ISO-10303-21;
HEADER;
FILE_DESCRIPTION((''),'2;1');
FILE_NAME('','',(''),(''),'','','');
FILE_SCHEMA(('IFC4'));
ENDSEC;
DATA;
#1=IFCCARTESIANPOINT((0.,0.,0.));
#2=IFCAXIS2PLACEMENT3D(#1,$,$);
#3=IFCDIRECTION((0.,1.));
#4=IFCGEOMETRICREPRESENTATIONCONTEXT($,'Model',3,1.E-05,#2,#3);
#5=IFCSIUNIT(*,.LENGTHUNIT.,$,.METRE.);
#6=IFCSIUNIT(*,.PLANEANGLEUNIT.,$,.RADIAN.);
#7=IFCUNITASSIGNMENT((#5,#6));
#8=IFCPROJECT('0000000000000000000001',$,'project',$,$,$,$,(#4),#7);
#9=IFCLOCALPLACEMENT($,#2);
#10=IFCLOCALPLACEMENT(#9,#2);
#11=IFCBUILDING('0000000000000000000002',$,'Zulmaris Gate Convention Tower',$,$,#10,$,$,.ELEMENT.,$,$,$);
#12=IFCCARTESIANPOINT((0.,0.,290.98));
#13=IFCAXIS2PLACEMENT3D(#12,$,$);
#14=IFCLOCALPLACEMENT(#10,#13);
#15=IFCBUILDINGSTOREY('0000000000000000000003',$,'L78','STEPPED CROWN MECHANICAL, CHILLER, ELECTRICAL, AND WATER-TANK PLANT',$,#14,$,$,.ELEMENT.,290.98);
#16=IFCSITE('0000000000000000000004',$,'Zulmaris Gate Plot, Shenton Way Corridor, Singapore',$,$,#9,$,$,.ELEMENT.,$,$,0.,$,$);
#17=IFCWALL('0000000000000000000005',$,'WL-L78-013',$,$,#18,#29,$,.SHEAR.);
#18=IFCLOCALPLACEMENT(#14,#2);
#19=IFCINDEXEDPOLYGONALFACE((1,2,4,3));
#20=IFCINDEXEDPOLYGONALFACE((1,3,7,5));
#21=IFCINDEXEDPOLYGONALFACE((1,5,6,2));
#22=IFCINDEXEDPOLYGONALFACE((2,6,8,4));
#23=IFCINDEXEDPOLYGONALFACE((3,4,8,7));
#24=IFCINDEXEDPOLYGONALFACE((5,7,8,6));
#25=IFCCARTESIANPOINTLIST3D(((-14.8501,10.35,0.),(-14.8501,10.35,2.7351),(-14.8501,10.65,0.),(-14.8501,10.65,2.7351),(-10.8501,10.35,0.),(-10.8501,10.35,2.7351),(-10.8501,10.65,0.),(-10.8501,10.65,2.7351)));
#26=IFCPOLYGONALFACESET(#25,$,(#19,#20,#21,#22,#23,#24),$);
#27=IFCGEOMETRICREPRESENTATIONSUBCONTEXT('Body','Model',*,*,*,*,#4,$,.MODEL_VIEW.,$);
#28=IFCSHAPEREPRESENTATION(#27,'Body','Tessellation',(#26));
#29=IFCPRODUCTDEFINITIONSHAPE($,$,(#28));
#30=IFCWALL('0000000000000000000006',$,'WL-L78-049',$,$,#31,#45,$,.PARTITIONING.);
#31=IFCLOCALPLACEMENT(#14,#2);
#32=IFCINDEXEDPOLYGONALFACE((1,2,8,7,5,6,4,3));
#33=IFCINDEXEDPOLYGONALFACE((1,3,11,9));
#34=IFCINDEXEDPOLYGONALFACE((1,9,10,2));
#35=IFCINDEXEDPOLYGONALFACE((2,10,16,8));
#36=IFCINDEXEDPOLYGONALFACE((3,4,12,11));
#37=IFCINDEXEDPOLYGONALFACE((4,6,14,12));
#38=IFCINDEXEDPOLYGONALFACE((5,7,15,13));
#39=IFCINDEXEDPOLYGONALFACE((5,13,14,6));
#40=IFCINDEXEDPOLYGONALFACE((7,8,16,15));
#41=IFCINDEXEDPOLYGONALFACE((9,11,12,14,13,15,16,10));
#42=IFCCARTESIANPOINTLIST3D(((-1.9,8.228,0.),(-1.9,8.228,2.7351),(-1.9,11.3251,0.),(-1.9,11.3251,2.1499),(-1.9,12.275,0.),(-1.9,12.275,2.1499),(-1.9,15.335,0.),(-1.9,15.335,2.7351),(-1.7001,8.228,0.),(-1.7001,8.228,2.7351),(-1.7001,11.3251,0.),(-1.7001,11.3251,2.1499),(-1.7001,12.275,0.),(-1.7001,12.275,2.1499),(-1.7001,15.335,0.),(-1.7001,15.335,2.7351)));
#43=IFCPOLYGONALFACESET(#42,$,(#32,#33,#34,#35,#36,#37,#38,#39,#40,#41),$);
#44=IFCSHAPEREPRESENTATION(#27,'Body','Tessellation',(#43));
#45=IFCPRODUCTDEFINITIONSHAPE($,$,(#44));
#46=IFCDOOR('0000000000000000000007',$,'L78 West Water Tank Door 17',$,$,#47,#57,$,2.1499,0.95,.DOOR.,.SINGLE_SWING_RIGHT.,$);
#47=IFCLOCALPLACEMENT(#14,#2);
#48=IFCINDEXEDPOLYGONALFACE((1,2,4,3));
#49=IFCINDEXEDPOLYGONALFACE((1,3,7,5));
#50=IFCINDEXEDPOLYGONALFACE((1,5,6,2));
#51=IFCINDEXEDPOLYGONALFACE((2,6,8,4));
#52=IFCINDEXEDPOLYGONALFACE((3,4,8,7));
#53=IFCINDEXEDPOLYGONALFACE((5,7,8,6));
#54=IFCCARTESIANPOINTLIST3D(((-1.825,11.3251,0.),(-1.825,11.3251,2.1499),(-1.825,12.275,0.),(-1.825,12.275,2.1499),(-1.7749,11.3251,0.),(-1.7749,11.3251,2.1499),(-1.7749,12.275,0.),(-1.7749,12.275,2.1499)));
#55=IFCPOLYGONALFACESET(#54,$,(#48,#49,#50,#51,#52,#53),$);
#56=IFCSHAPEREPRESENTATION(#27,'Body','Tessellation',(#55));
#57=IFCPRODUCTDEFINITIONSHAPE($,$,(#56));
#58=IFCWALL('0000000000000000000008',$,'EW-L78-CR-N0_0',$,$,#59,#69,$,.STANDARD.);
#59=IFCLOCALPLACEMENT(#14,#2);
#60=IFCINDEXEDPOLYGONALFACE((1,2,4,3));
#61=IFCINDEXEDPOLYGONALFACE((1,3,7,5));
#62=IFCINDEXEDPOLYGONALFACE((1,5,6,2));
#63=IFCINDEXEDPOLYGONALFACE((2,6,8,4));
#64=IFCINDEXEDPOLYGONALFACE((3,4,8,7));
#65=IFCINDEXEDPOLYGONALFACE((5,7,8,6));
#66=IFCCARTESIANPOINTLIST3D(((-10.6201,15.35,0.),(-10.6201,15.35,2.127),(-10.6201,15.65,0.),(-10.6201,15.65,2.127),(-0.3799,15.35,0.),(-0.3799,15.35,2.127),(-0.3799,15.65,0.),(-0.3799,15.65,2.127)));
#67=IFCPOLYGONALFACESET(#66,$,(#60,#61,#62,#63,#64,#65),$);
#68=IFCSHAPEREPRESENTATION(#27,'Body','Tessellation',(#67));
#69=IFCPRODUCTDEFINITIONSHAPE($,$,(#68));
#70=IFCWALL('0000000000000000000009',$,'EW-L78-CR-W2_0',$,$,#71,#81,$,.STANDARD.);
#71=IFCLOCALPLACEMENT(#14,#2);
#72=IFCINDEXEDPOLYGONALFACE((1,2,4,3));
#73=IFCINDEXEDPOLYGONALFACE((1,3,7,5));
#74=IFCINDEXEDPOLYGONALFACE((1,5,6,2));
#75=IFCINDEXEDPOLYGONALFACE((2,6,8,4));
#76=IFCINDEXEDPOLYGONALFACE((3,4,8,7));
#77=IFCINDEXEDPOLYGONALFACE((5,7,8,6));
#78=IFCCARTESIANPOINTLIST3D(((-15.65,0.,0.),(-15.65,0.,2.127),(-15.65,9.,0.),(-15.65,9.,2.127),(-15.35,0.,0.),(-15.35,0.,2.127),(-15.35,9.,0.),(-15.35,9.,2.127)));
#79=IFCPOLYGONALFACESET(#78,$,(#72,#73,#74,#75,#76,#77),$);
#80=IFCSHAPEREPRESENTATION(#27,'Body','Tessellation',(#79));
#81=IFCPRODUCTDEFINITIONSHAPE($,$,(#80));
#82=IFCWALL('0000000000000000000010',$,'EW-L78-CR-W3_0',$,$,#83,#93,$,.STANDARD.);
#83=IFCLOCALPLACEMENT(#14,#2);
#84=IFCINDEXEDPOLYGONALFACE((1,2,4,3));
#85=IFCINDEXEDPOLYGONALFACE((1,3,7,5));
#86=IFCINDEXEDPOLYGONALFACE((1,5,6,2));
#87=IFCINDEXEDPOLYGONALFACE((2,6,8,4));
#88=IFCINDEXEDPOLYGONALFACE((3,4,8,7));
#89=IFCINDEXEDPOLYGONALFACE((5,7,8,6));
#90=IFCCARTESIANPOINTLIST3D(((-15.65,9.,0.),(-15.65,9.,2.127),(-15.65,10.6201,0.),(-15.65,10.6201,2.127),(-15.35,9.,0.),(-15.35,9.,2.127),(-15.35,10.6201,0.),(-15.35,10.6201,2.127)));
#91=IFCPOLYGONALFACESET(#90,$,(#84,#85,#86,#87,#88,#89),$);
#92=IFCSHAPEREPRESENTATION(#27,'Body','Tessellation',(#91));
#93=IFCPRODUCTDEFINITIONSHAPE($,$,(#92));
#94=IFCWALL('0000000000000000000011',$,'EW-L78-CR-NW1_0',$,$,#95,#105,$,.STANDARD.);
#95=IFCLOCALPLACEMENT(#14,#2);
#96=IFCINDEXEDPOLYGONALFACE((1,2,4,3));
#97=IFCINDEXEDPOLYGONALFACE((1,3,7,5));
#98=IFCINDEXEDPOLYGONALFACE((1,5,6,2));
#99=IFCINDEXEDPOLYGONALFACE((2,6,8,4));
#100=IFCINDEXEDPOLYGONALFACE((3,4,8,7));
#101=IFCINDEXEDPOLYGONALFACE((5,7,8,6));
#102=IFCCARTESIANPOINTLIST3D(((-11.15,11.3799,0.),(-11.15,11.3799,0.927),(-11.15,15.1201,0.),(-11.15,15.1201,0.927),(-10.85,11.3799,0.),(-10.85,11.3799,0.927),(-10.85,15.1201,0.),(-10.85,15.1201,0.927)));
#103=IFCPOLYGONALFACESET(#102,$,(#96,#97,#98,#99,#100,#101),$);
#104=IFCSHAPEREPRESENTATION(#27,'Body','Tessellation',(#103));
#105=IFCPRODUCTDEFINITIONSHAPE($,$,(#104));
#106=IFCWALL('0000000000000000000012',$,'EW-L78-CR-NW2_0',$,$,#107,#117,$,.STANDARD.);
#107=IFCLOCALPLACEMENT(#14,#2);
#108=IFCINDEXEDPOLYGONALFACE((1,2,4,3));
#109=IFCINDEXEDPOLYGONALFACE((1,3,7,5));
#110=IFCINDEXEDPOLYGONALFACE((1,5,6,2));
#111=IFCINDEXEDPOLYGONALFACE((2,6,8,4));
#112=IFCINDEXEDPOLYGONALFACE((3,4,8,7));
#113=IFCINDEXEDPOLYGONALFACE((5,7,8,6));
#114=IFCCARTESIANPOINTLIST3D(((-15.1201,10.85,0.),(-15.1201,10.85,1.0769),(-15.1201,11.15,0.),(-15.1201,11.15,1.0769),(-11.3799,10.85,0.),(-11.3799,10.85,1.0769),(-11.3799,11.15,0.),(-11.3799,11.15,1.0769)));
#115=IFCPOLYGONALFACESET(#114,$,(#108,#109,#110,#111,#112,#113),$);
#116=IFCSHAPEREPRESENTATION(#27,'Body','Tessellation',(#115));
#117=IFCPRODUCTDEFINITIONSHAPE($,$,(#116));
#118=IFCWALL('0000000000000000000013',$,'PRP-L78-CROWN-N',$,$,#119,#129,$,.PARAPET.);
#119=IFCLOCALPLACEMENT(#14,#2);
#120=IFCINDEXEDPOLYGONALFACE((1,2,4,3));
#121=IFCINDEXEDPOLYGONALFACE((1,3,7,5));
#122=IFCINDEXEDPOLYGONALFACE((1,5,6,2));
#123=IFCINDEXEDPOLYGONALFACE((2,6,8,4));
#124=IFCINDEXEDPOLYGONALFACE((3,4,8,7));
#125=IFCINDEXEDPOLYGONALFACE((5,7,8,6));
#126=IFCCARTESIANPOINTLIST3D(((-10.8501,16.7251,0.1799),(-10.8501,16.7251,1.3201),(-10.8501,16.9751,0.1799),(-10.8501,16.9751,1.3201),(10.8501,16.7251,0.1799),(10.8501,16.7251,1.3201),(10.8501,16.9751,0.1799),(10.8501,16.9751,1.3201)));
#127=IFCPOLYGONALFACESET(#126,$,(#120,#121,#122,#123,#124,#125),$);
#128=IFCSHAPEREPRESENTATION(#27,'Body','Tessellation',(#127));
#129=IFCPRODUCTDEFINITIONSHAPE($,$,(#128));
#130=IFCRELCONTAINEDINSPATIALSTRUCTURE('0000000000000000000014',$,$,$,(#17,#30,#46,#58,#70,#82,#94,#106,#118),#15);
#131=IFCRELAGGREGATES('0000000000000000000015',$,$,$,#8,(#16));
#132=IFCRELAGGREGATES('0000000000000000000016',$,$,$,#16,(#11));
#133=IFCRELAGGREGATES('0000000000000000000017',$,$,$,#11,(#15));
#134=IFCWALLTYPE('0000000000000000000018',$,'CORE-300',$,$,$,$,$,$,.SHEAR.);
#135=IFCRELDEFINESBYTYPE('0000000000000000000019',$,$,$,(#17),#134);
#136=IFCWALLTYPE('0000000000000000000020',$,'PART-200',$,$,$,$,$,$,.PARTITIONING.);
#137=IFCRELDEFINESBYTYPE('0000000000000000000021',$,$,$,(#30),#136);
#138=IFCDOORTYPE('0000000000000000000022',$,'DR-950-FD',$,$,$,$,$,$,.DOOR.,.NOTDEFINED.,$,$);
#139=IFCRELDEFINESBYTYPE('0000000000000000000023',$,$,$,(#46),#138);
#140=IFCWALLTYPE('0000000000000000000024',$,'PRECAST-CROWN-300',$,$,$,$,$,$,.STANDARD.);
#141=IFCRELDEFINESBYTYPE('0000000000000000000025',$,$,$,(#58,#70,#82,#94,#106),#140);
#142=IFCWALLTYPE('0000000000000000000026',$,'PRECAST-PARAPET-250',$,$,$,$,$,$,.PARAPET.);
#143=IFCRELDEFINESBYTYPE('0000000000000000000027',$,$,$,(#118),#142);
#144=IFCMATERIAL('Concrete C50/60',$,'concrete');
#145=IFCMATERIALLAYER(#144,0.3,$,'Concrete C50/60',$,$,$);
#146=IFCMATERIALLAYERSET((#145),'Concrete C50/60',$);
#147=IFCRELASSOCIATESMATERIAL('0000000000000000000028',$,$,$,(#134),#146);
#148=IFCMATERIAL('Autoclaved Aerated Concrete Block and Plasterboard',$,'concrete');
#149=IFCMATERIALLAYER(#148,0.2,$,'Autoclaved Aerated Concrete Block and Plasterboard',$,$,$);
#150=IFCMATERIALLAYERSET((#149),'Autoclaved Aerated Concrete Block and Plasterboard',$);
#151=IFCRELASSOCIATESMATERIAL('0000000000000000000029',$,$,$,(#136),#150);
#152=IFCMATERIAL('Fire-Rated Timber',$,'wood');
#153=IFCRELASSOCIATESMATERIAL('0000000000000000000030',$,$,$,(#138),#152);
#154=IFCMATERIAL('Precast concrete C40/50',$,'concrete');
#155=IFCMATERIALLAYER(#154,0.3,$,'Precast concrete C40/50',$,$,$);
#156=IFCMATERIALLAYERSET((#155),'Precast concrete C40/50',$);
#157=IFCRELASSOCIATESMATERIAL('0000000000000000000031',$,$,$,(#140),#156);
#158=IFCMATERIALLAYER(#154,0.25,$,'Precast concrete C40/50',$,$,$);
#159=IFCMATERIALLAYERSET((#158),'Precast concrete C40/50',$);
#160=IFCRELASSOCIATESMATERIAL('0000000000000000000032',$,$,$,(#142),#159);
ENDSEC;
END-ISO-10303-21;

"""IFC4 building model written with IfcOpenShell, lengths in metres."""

from ifc_helpers import new_model, si_unit, direction, frame, frame_2d, origin, place, context, subcontext, project, spatial, rectangle, extrude, material, layer, layer_set, type_object, element, fill, save


model = new_model("IFC4")

# Units and contexts
model_context = context("Model", 3, precision=1e-05, world=origin(), true_north=direction((0.0, 1.0)))
body_context = subcontext(model_context, "Body", "Model", "MODEL_VIEW")
ifc_project = project(units=[si_unit("LENGTHUNIT", "METRE"), si_unit("PLANEANGLEUNIT", "RADIAN")], contexts=[model_context])

# Site, building, storey
site_placement = place(None, origin())
site = spatial("IfcSite", under=ifc_project, at=site_placement, Name="Zulmaris Gate Plot, Shenton Way Corridor, Singapore", CompositionType="ELEMENT", RefElevation=0.0)
building_placement = place(site_placement, origin())
building = spatial("IfcBuilding", under=site, at=building_placement, Name="Zulmaris Gate Convention Tower", CompositionType="ELEMENT")
storey_placement = place(building_placement, frame((0.0, 0.0, 290.98)))
storey = spatial("IfcBuildingStorey", under=building, at=storey_placement, Name="L78", Description="STEPPED CROWN MECHANICAL, CHILLER, ELECTRICAL, AND WATER-TANK PLANT", CompositionType="ELEMENT", Elevation=290.98)

# Shared definitions
ifc_material_1 = material(Name="Concrete C50/60", Category="concrete")

# Wall
ifc_layer_1 = layer(ifc_material_1, 0.3, Name="Concrete C50/60")
ifc_layer_set_1 = layer_set([ifc_layer_1], Name="Concrete C50/60")
wall_type_1 = type_object("IfcWallType", Name="CORE-300", PredefinedType="SHEAR", material=ifc_layer_set_1)
wall_1_placement = place(storey_placement, frame((-14.8501, 10.5, 0.0), z_axis=(0.0, 0.0, 1.0), x_axis=(1.0, 0.0, 0.0)))
element("IfcWall", 1, at=wall_1_placement, inside=storey, type_object=wall_type_1, Name="WL-L78-013", PredefinedType="SHEAR", context=body_context, shape_type="SweptSolid", body=[
    extrude(rectangle(XDim=4.0, YDim=0.3, at=frame_2d((2.0, 0.0))), origin(), (0.0, 0.0, 1.0), 2.7351),
])

# Wall, opening, door
ifc_material_2 = material(Name="Autoclaved Aerated Concrete Block and Plasterboard", Category="concrete")
ifc_layer_2 = layer(ifc_material_2, 0.2, Name="Autoclaved Aerated Concrete Block and Plasterboard")
ifc_layer_set_2 = layer_set([ifc_layer_2], Name="Autoclaved Aerated Concrete Block and Plasterboard")
wall_type_2 = type_object("IfcWallType", Name="PART-200", PredefinedType="PARTITIONING", material=ifc_layer_set_2)
wall_2_placement = place(storey_placement, frame((-1.8, 8.228, 0.0), z_axis=(0.0, 0.0, 1.0), x_axis=(0.0, 1.0, 0.0)))
wall_2 = element("IfcWall", 2, at=wall_2_placement, inside=storey, type_object=wall_type_2, Name="WL-L78-049", PredefinedType="PARTITIONING", context=body_context, shape_type="SweptSolid", body=[
    extrude(rectangle(XDim=7.1069, YDim=0.2, at=frame_2d((3.5535, 0.0))), origin(), (0.0, 0.0, 1.0), 2.7351),
])
opening_placement = place(wall_2_placement, frame((3.0969, 0.0, 0.0)))
opening = element("IfcOpeningElement", 3, at=opening_placement, cuts=wall_2, PredefinedType="OPENING", context=body_context, shape_type="SweptSolid", body=[
    extrude(rectangle(XDim=0.95, YDim=2.1499, at=frame_2d((0.4751, 1.075))), frame((0.0, 0.1099, 0.0), z_axis=(0.0, -1.0, 0.0), x_axis=(1.0, 0.0, 0.0)), (0.0, 0.0, 1.0), 0.22),
])
ifc_material_3 = material(Name="Fire-Rated Timber", Category="wood")
door_type = type_object("IfcDoorType", Name="DR-950-FD", OperationType="NOTDEFINED", PredefinedType="DOOR", material=ifc_material_3)
door_placement = place(opening_placement, origin())
door = element("IfcDoor", 4, at=door_placement, inside=storey, type_object=door_type, Name="L78 West Water Tank Door 17", OperationType="SINGLE_SWING_RIGHT", OverallHeight=2.1499, OverallWidth=0.95, PredefinedType="DOOR", context=body_context, shape_type="SweptSolid", body=[
    extrude(rectangle(XDim=0.95, YDim=2.1499, at=frame_2d((0.4751, 1.075))), frame((0.0, 0.0249, 0.0), z_axis=(0.0, -1.0, 0.0), x_axis=(1.0, 0.0, 0.0)), (0.0, 0.0, 1.0), 0.05),
])
fill(opening, door)

# Walls
ifc_material_4 = material(Name="Precast concrete C40/50", Category="concrete")
ifc_layer_3 = layer(ifc_material_4, 0.3, Name="Precast concrete C40/50")
ifc_layer_set_3 = layer_set([ifc_layer_3], Name="Precast concrete C40/50")
wall_type_3 = type_object("IfcWallType", Name="PRECAST-CROWN-300", PredefinedType="STANDARD", material=ifc_layer_set_3)
wall_3_placement = place(storey_placement, frame((-0.3799, 15.5, 0.0), z_axis=(0.0, 0.0, 1.0), x_axis=(-1.0, 0.0, 0.0)))
element("IfcWall", 5, at=wall_3_placement, inside=storey, type_object=wall_type_3, Name="EW-L78-CR-N0_0", PredefinedType="STANDARD", context=body_context, shape_type="SweptSolid", body=[
    extrude(rectangle(XDim=10.2402, YDim=0.3, at=frame_2d((5.1201, 0.0))), origin(), (0.0, 0.0, 1.0), 2.127),
])
wall_4_placement = place(storey_placement, frame((-15.5, 9.0, 0.0), z_axis=(0.0, 0.0, 1.0), x_axis=(0.0, -1.0, 0.0)))
element("IfcWall", 6, at=wall_4_placement, inside=storey, type_object=wall_type_3, Name="EW-L78-CR-W2_0", PredefinedType="STANDARD", context=body_context, shape_type="SweptSolid", body=[
    extrude(rectangle(XDim=9.0, YDim=0.3, at=frame_2d((4.5, 0.0))), origin(), (0.0, 0.0, 1.0), 2.127),
])
wall_5_placement = place(storey_placement, frame((-15.5, 10.6201, 0.0), z_axis=(0.0, 0.0, 1.0), x_axis=(0.0, -1.0, 0.0)))
element("IfcWall", 7, at=wall_5_placement, inside=storey, type_object=wall_type_3, Name="EW-L78-CR-W3_0", PredefinedType="STANDARD", context=body_context, shape_type="SweptSolid", body=[
    extrude(rectangle(XDim=1.6201, YDim=0.3, at=frame_2d((0.8101, 0.0))), origin(), (0.0, 0.0, 1.0), 2.127),
])
wall_6_placement = place(storey_placement, frame((-11.0, 15.1201, 0.0), z_axis=(0.0, 0.0, 1.0), x_axis=(0.0, -1.0, 0.0)))
element("IfcWall", 8, at=wall_6_placement, inside=storey, type_object=wall_type_3, Name="EW-L78-CR-NW1_0", PredefinedType="STANDARD", context=body_context, shape_type="SweptSolid", body=[
    extrude(rectangle(XDim=3.7402, YDim=0.3, at=frame_2d((1.8701, 0.0))), origin(), (0.0, 0.0, 1.0), 0.927),
])
wall_7_placement = place(storey_placement, frame((-11.3799, 11.0, 0.0), z_axis=(0.0, 0.0, 1.0), x_axis=(-1.0, 0.0, 0.0)))
element("IfcWall", 9, at=wall_7_placement, inside=storey, type_object=wall_type_3, Name="EW-L78-CR-NW2_0", PredefinedType="STANDARD", context=body_context, shape_type="SweptSolid", body=[
    extrude(rectangle(XDim=3.7402, YDim=0.3, at=frame_2d((1.8701, 0.0))), origin(), (0.0, 0.0, 1.0), 1.0769),
])
ifc_layer_4 = layer(ifc_material_4, 0.25, Name="Precast concrete C40/50")
ifc_layer_set_4 = layer_set([ifc_layer_4], Name="Precast concrete C40/50")
wall_type_4 = type_object("IfcWallType", Name="PRECAST-PARAPET-250", PredefinedType="PARAPET", material=ifc_layer_set_4)
wall_8_placement = place(storey_placement, frame((-10.8501, 16.8501, 0.1799), z_axis=(0.0, 0.0, 1.0), x_axis=(1.0, 0.0, 0.0)))
element("IfcWall", 10, at=wall_8_placement, inside=storey, type_object=wall_type_4, Name="PRP-L78-CROWN-N", PredefinedType="PARAPET", context=body_context, shape_type="SweptSolid", body=[
    extrude(rectangle(XDim=21.7002, YDim=0.25, at=frame_2d((10.8501, 0.0))), origin(), (0.0, 0.0, 1.0), 1.1401),
])

save(model, "model.ifc")
